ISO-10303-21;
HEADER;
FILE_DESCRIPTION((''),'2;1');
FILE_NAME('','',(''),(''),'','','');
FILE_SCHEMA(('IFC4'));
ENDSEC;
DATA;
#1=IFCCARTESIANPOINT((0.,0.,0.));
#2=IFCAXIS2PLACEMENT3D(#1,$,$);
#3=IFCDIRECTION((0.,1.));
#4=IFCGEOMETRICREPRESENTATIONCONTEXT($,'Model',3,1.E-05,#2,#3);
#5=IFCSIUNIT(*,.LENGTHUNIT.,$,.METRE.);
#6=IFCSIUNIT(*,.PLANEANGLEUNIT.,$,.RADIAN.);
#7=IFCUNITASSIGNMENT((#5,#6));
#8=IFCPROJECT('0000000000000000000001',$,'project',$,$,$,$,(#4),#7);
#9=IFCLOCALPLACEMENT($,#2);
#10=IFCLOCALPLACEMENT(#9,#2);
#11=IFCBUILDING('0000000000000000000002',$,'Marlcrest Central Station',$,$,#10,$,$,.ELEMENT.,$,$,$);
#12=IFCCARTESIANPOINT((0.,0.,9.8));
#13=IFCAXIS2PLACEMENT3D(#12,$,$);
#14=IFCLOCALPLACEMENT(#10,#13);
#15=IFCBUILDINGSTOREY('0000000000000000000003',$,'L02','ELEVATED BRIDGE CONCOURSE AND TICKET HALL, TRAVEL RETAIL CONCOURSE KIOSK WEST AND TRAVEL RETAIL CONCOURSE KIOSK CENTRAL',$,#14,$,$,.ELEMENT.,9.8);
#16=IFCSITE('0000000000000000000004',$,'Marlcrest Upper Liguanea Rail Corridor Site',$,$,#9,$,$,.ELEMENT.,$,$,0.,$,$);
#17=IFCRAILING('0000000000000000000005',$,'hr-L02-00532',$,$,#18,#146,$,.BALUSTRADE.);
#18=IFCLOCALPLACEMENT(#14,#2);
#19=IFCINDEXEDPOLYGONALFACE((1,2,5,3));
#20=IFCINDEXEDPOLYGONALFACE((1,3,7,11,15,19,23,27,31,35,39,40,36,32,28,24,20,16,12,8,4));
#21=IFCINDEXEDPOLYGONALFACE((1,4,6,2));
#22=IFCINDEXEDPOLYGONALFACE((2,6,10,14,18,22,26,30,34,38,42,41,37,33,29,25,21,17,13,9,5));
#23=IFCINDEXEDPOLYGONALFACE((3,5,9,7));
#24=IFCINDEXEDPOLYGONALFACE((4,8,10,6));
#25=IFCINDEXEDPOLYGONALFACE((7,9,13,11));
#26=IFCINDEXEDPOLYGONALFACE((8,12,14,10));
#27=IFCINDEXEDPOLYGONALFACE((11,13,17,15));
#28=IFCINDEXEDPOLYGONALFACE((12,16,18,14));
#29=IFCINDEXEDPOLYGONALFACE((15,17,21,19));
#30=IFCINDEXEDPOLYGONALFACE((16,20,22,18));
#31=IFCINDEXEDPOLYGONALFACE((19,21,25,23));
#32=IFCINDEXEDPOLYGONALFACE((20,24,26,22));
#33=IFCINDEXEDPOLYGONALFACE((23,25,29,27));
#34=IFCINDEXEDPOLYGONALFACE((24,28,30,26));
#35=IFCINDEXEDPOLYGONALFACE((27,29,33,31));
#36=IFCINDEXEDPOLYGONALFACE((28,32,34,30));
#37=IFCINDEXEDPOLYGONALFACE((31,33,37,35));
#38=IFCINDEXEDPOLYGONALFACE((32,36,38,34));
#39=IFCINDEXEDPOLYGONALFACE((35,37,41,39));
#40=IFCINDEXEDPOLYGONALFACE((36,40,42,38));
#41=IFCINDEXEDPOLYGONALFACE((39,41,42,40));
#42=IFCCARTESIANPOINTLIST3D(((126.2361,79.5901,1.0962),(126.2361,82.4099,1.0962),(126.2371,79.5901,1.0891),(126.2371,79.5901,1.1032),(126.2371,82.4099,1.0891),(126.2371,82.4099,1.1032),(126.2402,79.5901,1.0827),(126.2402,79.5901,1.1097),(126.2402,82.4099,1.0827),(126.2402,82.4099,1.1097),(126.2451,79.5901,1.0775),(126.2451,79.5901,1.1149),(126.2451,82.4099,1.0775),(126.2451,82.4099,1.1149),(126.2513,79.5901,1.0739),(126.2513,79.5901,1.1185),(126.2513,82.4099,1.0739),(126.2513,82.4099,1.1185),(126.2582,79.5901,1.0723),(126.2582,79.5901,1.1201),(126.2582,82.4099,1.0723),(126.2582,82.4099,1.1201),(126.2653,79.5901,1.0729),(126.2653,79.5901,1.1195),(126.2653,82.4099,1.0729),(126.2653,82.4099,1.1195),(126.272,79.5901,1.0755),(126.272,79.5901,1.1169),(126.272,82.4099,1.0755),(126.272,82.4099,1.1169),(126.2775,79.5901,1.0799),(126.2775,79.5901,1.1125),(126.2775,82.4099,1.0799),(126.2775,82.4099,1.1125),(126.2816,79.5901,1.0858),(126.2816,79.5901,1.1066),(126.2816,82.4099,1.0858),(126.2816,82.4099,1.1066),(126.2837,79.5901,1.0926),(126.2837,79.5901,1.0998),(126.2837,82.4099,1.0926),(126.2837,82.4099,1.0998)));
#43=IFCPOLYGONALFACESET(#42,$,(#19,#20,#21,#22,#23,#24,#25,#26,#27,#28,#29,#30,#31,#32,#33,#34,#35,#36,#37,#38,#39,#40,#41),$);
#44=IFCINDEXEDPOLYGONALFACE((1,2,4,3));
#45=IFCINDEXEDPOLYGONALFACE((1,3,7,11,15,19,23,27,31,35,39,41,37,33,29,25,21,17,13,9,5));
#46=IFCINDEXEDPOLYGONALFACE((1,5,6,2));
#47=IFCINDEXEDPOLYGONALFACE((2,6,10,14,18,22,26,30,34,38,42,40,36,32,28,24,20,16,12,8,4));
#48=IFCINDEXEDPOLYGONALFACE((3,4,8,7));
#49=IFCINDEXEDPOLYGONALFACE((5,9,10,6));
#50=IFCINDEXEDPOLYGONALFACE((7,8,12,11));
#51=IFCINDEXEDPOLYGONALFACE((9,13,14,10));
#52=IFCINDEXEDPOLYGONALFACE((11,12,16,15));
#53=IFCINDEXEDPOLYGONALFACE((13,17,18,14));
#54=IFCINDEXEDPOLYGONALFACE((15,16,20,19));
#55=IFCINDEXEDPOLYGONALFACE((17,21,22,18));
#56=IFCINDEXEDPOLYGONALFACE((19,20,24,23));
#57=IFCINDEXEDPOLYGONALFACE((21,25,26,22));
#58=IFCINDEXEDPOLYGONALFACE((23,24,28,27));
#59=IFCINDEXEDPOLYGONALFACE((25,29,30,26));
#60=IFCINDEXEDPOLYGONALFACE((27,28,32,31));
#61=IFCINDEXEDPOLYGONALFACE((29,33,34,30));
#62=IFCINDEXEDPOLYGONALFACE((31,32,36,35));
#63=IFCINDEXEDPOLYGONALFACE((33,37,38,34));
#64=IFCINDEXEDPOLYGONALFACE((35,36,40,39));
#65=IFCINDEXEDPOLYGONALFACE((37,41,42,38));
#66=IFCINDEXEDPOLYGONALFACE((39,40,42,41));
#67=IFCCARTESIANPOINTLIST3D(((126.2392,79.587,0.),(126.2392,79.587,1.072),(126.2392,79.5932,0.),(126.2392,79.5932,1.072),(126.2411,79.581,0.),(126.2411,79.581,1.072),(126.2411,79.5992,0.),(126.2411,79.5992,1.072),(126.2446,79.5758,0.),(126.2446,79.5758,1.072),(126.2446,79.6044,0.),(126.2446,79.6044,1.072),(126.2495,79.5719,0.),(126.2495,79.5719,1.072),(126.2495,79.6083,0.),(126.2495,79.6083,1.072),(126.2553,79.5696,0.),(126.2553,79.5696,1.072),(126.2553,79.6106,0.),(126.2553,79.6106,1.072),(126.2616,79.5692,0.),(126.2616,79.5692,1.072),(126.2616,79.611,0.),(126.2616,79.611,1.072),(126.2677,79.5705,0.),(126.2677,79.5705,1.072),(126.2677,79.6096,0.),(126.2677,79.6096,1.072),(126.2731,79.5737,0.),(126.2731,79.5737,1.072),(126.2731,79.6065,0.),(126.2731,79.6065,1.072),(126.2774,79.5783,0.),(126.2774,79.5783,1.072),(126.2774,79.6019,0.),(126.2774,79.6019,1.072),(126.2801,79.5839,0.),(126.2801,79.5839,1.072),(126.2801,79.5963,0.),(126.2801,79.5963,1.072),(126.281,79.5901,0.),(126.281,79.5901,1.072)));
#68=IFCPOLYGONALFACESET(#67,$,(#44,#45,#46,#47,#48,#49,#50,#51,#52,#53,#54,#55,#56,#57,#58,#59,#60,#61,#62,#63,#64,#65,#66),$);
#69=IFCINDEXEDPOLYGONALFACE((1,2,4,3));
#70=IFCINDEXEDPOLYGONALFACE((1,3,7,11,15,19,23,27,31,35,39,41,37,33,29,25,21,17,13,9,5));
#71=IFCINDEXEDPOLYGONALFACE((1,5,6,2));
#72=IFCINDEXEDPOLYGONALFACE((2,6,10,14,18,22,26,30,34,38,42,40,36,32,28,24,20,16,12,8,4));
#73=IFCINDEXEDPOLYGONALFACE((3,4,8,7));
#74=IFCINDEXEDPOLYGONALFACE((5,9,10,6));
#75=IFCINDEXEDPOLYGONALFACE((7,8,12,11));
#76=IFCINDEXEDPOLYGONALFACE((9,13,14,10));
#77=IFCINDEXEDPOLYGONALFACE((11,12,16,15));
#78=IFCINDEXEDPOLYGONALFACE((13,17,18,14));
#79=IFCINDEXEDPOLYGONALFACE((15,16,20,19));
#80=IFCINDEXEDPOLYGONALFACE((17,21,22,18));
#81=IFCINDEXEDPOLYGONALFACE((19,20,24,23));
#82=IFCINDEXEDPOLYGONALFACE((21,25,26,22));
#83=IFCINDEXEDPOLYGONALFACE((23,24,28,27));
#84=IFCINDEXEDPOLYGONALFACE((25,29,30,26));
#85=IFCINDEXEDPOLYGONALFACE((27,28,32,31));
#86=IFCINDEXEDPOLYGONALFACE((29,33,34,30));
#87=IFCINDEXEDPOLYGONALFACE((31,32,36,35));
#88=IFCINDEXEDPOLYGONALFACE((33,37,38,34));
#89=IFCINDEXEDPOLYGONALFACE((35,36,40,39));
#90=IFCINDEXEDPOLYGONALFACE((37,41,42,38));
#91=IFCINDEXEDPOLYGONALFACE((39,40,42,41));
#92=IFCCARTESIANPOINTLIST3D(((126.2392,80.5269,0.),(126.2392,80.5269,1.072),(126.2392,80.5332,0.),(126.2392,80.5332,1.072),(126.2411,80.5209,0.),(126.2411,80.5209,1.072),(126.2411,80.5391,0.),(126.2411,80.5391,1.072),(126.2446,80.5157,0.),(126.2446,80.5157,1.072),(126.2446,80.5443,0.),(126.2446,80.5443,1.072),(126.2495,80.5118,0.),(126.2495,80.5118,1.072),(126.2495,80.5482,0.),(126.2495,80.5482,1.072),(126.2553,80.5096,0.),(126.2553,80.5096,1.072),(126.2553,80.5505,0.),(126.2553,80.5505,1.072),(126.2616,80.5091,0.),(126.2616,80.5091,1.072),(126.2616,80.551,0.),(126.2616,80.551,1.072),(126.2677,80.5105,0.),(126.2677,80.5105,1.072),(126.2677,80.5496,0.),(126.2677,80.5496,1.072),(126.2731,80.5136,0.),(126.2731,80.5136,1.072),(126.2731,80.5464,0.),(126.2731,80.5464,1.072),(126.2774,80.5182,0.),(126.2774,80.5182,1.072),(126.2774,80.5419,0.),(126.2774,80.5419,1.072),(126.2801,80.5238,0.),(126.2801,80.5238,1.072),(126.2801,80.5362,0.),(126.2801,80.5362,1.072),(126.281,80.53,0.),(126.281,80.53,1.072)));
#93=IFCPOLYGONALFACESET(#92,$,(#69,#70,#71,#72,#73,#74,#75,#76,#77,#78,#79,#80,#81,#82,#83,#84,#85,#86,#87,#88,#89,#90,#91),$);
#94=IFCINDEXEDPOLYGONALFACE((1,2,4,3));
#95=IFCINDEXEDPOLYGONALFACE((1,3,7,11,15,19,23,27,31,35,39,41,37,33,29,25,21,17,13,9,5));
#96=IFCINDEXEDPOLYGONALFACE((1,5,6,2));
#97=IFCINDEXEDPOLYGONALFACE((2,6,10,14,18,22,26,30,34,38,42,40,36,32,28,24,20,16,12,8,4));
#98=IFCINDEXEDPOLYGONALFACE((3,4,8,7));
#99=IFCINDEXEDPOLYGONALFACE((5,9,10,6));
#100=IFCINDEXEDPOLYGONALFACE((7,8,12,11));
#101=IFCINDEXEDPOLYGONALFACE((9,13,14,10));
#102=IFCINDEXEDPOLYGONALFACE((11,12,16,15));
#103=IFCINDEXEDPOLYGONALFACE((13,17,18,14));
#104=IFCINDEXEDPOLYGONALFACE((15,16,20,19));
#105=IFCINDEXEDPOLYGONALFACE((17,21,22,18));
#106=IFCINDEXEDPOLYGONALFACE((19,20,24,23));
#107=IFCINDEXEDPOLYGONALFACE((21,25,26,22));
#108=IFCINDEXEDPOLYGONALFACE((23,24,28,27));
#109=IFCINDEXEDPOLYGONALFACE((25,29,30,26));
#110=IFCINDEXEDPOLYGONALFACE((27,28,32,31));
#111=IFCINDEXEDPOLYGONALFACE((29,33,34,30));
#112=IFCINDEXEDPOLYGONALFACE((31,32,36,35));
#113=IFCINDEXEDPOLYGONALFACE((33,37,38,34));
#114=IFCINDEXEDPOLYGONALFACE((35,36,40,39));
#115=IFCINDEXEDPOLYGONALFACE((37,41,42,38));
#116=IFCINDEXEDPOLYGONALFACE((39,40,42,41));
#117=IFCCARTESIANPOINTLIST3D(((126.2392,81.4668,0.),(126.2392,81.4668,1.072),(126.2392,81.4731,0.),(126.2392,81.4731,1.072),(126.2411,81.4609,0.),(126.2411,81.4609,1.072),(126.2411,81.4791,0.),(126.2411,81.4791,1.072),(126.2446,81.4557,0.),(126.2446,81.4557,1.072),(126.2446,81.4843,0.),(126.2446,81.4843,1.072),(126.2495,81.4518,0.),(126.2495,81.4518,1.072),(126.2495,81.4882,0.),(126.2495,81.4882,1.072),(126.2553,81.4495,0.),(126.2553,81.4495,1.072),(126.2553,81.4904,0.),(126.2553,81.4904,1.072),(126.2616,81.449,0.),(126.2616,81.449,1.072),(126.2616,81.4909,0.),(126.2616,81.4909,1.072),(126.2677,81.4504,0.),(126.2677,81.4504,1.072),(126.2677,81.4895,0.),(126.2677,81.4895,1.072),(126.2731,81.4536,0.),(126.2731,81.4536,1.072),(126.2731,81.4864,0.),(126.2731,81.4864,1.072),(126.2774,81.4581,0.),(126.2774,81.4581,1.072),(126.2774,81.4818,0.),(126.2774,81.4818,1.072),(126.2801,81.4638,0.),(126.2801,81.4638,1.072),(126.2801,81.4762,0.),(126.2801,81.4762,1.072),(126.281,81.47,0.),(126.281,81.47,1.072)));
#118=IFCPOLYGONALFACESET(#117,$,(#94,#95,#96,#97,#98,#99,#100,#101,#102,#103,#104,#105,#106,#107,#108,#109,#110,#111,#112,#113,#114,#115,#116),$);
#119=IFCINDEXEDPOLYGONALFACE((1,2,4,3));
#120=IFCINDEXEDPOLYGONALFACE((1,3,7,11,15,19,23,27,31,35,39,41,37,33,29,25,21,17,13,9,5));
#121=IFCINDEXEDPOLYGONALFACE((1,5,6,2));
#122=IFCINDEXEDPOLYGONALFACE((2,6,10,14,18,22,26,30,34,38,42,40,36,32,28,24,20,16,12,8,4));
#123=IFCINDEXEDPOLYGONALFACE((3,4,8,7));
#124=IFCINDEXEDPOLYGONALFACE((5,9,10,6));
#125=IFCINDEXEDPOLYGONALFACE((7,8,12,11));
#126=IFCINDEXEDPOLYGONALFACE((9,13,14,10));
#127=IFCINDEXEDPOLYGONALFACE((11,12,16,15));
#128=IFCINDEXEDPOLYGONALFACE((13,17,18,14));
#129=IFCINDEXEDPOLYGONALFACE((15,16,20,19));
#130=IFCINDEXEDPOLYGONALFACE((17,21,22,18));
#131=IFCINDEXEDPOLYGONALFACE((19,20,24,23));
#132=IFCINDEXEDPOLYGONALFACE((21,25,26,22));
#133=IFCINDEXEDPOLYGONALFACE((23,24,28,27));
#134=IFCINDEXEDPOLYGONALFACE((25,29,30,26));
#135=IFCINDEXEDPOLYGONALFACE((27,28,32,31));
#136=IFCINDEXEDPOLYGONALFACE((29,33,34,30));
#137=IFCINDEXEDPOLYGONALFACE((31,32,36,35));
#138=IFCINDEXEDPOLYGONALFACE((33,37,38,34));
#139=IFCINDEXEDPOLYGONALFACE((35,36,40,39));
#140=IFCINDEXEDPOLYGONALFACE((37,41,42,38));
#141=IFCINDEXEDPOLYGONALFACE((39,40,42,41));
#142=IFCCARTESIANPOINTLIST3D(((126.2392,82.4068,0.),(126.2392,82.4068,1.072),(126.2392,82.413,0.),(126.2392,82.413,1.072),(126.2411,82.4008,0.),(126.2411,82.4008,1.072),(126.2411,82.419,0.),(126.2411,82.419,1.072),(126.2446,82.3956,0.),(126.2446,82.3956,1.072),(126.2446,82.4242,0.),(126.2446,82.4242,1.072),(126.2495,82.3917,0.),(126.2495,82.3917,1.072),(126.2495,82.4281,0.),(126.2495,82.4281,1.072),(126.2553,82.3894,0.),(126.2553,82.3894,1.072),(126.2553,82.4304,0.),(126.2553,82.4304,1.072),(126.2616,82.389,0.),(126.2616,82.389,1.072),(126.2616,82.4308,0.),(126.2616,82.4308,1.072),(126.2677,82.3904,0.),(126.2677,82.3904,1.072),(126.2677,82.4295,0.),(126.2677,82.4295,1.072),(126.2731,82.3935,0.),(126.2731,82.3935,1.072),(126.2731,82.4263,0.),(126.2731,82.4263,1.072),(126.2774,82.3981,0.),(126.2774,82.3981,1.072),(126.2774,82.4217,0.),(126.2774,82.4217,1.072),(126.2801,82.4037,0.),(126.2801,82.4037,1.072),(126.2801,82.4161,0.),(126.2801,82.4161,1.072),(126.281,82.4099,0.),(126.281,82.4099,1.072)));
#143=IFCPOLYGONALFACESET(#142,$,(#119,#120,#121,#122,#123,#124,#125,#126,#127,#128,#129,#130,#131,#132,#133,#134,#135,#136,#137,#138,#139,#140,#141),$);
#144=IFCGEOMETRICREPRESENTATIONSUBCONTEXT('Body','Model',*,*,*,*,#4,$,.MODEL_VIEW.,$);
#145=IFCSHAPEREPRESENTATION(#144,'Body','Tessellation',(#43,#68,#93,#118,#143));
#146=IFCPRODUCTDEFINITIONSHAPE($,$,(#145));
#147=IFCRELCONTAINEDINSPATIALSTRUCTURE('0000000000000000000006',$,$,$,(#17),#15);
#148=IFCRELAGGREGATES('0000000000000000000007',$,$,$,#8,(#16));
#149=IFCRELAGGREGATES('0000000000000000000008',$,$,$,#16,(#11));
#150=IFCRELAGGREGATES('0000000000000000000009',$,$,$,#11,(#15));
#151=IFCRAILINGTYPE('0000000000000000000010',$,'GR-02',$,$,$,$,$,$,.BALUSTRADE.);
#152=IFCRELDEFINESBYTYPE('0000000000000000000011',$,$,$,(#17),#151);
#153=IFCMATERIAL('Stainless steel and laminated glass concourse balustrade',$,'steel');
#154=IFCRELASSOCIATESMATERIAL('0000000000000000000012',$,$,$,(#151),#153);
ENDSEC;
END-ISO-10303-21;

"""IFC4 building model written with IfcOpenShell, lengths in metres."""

from ifc_helpers import new_model, si_unit, direction, frame, origin, origin_2d, place, context, subcontext, project, spatial, circle, extrude, material, type_object, element, save


model = new_model("IFC4")

# Units and contexts
model_context = context("Model", 3, precision=1e-05, world=origin(), true_north=direction((0.0, 1.0)))
body_context = subcontext(model_context, "Body", "Model", "MODEL_VIEW")
ifc_project = project(units=[si_unit("LENGTHUNIT", "METRE"), si_unit("PLANEANGLEUNIT", "RADIAN")], contexts=[model_context])

# Site, building, storey
site_placement = place(None, origin())
site = spatial("IfcSite", under=ifc_project, at=site_placement, Name="Marlcrest Upper Liguanea Rail Corridor Site", CompositionType="ELEMENT", RefElevation=0.0)
building_placement = place(site_placement, origin())
building = spatial("IfcBuilding", under=site, at=building_placement, Name="Marlcrest Central Station", CompositionType="ELEMENT")
storey_placement = place(building_placement, frame((0.0, 0.0, 9.8)))
storey = spatial("IfcBuildingStorey", under=building, at=storey_placement, Name="L02", Description="ELEVATED BRIDGE CONCOURSE AND TICKET HALL, TRAVEL RETAIL CONCOURSE KIOSK WEST AND TRAVEL RETAIL CONCOURSE KIOSK CENTRAL", CompositionType="ELEMENT", Elevation=9.8)

# Railing
ifc_material_1 = material(Name="Stainless steel and laminated glass concourse balustrade", Category="steel")
railing_type = type_object("IfcRailingType", Name="GR-02", PredefinedType="BALUSTRADE", material=ifc_material_1)
railing_1_placement = place(storey_placement, frame((126.26, 79.5901, 0.0)))
element("IfcRailing", 1, at=railing_1_placement, inside=storey, type_object=railing_type, Name="hr-L02-00532", PredefinedType="BALUSTRADE", context=body_context, shape_type="SweptSolid", body=[
    extrude(circle(Radius=0.0239, at=origin_2d()), frame((0.0, 0.0, 1.0962), z_axis=(0.0, 1.0, 0.0), x_axis=(-1.0, 0.0, 0.0)), (0.0, 0.0, 1.0), 2.8198),
    extrude(circle(Radius=0.021, at=origin_2d()), origin(), (0.0, 0.0, 1.0), 1.072),
    extrude(circle(Radius=0.021, at=origin_2d()), frame((0.0, 0.9399, 0.0)), (0.0, 0.0, 1.0), 1.072),
    extrude(circle(Radius=0.021, at=origin_2d()), frame((0.0, 1.8799, 0.0)), (0.0, 0.0, 1.0), 1.072),
    extrude(circle(Radius=0.021, at=origin_2d()), frame((0.0, 2.8198, 0.0)), (0.0, 0.0, 1.0), 1.072),
])

save(model, "model.ifc")
